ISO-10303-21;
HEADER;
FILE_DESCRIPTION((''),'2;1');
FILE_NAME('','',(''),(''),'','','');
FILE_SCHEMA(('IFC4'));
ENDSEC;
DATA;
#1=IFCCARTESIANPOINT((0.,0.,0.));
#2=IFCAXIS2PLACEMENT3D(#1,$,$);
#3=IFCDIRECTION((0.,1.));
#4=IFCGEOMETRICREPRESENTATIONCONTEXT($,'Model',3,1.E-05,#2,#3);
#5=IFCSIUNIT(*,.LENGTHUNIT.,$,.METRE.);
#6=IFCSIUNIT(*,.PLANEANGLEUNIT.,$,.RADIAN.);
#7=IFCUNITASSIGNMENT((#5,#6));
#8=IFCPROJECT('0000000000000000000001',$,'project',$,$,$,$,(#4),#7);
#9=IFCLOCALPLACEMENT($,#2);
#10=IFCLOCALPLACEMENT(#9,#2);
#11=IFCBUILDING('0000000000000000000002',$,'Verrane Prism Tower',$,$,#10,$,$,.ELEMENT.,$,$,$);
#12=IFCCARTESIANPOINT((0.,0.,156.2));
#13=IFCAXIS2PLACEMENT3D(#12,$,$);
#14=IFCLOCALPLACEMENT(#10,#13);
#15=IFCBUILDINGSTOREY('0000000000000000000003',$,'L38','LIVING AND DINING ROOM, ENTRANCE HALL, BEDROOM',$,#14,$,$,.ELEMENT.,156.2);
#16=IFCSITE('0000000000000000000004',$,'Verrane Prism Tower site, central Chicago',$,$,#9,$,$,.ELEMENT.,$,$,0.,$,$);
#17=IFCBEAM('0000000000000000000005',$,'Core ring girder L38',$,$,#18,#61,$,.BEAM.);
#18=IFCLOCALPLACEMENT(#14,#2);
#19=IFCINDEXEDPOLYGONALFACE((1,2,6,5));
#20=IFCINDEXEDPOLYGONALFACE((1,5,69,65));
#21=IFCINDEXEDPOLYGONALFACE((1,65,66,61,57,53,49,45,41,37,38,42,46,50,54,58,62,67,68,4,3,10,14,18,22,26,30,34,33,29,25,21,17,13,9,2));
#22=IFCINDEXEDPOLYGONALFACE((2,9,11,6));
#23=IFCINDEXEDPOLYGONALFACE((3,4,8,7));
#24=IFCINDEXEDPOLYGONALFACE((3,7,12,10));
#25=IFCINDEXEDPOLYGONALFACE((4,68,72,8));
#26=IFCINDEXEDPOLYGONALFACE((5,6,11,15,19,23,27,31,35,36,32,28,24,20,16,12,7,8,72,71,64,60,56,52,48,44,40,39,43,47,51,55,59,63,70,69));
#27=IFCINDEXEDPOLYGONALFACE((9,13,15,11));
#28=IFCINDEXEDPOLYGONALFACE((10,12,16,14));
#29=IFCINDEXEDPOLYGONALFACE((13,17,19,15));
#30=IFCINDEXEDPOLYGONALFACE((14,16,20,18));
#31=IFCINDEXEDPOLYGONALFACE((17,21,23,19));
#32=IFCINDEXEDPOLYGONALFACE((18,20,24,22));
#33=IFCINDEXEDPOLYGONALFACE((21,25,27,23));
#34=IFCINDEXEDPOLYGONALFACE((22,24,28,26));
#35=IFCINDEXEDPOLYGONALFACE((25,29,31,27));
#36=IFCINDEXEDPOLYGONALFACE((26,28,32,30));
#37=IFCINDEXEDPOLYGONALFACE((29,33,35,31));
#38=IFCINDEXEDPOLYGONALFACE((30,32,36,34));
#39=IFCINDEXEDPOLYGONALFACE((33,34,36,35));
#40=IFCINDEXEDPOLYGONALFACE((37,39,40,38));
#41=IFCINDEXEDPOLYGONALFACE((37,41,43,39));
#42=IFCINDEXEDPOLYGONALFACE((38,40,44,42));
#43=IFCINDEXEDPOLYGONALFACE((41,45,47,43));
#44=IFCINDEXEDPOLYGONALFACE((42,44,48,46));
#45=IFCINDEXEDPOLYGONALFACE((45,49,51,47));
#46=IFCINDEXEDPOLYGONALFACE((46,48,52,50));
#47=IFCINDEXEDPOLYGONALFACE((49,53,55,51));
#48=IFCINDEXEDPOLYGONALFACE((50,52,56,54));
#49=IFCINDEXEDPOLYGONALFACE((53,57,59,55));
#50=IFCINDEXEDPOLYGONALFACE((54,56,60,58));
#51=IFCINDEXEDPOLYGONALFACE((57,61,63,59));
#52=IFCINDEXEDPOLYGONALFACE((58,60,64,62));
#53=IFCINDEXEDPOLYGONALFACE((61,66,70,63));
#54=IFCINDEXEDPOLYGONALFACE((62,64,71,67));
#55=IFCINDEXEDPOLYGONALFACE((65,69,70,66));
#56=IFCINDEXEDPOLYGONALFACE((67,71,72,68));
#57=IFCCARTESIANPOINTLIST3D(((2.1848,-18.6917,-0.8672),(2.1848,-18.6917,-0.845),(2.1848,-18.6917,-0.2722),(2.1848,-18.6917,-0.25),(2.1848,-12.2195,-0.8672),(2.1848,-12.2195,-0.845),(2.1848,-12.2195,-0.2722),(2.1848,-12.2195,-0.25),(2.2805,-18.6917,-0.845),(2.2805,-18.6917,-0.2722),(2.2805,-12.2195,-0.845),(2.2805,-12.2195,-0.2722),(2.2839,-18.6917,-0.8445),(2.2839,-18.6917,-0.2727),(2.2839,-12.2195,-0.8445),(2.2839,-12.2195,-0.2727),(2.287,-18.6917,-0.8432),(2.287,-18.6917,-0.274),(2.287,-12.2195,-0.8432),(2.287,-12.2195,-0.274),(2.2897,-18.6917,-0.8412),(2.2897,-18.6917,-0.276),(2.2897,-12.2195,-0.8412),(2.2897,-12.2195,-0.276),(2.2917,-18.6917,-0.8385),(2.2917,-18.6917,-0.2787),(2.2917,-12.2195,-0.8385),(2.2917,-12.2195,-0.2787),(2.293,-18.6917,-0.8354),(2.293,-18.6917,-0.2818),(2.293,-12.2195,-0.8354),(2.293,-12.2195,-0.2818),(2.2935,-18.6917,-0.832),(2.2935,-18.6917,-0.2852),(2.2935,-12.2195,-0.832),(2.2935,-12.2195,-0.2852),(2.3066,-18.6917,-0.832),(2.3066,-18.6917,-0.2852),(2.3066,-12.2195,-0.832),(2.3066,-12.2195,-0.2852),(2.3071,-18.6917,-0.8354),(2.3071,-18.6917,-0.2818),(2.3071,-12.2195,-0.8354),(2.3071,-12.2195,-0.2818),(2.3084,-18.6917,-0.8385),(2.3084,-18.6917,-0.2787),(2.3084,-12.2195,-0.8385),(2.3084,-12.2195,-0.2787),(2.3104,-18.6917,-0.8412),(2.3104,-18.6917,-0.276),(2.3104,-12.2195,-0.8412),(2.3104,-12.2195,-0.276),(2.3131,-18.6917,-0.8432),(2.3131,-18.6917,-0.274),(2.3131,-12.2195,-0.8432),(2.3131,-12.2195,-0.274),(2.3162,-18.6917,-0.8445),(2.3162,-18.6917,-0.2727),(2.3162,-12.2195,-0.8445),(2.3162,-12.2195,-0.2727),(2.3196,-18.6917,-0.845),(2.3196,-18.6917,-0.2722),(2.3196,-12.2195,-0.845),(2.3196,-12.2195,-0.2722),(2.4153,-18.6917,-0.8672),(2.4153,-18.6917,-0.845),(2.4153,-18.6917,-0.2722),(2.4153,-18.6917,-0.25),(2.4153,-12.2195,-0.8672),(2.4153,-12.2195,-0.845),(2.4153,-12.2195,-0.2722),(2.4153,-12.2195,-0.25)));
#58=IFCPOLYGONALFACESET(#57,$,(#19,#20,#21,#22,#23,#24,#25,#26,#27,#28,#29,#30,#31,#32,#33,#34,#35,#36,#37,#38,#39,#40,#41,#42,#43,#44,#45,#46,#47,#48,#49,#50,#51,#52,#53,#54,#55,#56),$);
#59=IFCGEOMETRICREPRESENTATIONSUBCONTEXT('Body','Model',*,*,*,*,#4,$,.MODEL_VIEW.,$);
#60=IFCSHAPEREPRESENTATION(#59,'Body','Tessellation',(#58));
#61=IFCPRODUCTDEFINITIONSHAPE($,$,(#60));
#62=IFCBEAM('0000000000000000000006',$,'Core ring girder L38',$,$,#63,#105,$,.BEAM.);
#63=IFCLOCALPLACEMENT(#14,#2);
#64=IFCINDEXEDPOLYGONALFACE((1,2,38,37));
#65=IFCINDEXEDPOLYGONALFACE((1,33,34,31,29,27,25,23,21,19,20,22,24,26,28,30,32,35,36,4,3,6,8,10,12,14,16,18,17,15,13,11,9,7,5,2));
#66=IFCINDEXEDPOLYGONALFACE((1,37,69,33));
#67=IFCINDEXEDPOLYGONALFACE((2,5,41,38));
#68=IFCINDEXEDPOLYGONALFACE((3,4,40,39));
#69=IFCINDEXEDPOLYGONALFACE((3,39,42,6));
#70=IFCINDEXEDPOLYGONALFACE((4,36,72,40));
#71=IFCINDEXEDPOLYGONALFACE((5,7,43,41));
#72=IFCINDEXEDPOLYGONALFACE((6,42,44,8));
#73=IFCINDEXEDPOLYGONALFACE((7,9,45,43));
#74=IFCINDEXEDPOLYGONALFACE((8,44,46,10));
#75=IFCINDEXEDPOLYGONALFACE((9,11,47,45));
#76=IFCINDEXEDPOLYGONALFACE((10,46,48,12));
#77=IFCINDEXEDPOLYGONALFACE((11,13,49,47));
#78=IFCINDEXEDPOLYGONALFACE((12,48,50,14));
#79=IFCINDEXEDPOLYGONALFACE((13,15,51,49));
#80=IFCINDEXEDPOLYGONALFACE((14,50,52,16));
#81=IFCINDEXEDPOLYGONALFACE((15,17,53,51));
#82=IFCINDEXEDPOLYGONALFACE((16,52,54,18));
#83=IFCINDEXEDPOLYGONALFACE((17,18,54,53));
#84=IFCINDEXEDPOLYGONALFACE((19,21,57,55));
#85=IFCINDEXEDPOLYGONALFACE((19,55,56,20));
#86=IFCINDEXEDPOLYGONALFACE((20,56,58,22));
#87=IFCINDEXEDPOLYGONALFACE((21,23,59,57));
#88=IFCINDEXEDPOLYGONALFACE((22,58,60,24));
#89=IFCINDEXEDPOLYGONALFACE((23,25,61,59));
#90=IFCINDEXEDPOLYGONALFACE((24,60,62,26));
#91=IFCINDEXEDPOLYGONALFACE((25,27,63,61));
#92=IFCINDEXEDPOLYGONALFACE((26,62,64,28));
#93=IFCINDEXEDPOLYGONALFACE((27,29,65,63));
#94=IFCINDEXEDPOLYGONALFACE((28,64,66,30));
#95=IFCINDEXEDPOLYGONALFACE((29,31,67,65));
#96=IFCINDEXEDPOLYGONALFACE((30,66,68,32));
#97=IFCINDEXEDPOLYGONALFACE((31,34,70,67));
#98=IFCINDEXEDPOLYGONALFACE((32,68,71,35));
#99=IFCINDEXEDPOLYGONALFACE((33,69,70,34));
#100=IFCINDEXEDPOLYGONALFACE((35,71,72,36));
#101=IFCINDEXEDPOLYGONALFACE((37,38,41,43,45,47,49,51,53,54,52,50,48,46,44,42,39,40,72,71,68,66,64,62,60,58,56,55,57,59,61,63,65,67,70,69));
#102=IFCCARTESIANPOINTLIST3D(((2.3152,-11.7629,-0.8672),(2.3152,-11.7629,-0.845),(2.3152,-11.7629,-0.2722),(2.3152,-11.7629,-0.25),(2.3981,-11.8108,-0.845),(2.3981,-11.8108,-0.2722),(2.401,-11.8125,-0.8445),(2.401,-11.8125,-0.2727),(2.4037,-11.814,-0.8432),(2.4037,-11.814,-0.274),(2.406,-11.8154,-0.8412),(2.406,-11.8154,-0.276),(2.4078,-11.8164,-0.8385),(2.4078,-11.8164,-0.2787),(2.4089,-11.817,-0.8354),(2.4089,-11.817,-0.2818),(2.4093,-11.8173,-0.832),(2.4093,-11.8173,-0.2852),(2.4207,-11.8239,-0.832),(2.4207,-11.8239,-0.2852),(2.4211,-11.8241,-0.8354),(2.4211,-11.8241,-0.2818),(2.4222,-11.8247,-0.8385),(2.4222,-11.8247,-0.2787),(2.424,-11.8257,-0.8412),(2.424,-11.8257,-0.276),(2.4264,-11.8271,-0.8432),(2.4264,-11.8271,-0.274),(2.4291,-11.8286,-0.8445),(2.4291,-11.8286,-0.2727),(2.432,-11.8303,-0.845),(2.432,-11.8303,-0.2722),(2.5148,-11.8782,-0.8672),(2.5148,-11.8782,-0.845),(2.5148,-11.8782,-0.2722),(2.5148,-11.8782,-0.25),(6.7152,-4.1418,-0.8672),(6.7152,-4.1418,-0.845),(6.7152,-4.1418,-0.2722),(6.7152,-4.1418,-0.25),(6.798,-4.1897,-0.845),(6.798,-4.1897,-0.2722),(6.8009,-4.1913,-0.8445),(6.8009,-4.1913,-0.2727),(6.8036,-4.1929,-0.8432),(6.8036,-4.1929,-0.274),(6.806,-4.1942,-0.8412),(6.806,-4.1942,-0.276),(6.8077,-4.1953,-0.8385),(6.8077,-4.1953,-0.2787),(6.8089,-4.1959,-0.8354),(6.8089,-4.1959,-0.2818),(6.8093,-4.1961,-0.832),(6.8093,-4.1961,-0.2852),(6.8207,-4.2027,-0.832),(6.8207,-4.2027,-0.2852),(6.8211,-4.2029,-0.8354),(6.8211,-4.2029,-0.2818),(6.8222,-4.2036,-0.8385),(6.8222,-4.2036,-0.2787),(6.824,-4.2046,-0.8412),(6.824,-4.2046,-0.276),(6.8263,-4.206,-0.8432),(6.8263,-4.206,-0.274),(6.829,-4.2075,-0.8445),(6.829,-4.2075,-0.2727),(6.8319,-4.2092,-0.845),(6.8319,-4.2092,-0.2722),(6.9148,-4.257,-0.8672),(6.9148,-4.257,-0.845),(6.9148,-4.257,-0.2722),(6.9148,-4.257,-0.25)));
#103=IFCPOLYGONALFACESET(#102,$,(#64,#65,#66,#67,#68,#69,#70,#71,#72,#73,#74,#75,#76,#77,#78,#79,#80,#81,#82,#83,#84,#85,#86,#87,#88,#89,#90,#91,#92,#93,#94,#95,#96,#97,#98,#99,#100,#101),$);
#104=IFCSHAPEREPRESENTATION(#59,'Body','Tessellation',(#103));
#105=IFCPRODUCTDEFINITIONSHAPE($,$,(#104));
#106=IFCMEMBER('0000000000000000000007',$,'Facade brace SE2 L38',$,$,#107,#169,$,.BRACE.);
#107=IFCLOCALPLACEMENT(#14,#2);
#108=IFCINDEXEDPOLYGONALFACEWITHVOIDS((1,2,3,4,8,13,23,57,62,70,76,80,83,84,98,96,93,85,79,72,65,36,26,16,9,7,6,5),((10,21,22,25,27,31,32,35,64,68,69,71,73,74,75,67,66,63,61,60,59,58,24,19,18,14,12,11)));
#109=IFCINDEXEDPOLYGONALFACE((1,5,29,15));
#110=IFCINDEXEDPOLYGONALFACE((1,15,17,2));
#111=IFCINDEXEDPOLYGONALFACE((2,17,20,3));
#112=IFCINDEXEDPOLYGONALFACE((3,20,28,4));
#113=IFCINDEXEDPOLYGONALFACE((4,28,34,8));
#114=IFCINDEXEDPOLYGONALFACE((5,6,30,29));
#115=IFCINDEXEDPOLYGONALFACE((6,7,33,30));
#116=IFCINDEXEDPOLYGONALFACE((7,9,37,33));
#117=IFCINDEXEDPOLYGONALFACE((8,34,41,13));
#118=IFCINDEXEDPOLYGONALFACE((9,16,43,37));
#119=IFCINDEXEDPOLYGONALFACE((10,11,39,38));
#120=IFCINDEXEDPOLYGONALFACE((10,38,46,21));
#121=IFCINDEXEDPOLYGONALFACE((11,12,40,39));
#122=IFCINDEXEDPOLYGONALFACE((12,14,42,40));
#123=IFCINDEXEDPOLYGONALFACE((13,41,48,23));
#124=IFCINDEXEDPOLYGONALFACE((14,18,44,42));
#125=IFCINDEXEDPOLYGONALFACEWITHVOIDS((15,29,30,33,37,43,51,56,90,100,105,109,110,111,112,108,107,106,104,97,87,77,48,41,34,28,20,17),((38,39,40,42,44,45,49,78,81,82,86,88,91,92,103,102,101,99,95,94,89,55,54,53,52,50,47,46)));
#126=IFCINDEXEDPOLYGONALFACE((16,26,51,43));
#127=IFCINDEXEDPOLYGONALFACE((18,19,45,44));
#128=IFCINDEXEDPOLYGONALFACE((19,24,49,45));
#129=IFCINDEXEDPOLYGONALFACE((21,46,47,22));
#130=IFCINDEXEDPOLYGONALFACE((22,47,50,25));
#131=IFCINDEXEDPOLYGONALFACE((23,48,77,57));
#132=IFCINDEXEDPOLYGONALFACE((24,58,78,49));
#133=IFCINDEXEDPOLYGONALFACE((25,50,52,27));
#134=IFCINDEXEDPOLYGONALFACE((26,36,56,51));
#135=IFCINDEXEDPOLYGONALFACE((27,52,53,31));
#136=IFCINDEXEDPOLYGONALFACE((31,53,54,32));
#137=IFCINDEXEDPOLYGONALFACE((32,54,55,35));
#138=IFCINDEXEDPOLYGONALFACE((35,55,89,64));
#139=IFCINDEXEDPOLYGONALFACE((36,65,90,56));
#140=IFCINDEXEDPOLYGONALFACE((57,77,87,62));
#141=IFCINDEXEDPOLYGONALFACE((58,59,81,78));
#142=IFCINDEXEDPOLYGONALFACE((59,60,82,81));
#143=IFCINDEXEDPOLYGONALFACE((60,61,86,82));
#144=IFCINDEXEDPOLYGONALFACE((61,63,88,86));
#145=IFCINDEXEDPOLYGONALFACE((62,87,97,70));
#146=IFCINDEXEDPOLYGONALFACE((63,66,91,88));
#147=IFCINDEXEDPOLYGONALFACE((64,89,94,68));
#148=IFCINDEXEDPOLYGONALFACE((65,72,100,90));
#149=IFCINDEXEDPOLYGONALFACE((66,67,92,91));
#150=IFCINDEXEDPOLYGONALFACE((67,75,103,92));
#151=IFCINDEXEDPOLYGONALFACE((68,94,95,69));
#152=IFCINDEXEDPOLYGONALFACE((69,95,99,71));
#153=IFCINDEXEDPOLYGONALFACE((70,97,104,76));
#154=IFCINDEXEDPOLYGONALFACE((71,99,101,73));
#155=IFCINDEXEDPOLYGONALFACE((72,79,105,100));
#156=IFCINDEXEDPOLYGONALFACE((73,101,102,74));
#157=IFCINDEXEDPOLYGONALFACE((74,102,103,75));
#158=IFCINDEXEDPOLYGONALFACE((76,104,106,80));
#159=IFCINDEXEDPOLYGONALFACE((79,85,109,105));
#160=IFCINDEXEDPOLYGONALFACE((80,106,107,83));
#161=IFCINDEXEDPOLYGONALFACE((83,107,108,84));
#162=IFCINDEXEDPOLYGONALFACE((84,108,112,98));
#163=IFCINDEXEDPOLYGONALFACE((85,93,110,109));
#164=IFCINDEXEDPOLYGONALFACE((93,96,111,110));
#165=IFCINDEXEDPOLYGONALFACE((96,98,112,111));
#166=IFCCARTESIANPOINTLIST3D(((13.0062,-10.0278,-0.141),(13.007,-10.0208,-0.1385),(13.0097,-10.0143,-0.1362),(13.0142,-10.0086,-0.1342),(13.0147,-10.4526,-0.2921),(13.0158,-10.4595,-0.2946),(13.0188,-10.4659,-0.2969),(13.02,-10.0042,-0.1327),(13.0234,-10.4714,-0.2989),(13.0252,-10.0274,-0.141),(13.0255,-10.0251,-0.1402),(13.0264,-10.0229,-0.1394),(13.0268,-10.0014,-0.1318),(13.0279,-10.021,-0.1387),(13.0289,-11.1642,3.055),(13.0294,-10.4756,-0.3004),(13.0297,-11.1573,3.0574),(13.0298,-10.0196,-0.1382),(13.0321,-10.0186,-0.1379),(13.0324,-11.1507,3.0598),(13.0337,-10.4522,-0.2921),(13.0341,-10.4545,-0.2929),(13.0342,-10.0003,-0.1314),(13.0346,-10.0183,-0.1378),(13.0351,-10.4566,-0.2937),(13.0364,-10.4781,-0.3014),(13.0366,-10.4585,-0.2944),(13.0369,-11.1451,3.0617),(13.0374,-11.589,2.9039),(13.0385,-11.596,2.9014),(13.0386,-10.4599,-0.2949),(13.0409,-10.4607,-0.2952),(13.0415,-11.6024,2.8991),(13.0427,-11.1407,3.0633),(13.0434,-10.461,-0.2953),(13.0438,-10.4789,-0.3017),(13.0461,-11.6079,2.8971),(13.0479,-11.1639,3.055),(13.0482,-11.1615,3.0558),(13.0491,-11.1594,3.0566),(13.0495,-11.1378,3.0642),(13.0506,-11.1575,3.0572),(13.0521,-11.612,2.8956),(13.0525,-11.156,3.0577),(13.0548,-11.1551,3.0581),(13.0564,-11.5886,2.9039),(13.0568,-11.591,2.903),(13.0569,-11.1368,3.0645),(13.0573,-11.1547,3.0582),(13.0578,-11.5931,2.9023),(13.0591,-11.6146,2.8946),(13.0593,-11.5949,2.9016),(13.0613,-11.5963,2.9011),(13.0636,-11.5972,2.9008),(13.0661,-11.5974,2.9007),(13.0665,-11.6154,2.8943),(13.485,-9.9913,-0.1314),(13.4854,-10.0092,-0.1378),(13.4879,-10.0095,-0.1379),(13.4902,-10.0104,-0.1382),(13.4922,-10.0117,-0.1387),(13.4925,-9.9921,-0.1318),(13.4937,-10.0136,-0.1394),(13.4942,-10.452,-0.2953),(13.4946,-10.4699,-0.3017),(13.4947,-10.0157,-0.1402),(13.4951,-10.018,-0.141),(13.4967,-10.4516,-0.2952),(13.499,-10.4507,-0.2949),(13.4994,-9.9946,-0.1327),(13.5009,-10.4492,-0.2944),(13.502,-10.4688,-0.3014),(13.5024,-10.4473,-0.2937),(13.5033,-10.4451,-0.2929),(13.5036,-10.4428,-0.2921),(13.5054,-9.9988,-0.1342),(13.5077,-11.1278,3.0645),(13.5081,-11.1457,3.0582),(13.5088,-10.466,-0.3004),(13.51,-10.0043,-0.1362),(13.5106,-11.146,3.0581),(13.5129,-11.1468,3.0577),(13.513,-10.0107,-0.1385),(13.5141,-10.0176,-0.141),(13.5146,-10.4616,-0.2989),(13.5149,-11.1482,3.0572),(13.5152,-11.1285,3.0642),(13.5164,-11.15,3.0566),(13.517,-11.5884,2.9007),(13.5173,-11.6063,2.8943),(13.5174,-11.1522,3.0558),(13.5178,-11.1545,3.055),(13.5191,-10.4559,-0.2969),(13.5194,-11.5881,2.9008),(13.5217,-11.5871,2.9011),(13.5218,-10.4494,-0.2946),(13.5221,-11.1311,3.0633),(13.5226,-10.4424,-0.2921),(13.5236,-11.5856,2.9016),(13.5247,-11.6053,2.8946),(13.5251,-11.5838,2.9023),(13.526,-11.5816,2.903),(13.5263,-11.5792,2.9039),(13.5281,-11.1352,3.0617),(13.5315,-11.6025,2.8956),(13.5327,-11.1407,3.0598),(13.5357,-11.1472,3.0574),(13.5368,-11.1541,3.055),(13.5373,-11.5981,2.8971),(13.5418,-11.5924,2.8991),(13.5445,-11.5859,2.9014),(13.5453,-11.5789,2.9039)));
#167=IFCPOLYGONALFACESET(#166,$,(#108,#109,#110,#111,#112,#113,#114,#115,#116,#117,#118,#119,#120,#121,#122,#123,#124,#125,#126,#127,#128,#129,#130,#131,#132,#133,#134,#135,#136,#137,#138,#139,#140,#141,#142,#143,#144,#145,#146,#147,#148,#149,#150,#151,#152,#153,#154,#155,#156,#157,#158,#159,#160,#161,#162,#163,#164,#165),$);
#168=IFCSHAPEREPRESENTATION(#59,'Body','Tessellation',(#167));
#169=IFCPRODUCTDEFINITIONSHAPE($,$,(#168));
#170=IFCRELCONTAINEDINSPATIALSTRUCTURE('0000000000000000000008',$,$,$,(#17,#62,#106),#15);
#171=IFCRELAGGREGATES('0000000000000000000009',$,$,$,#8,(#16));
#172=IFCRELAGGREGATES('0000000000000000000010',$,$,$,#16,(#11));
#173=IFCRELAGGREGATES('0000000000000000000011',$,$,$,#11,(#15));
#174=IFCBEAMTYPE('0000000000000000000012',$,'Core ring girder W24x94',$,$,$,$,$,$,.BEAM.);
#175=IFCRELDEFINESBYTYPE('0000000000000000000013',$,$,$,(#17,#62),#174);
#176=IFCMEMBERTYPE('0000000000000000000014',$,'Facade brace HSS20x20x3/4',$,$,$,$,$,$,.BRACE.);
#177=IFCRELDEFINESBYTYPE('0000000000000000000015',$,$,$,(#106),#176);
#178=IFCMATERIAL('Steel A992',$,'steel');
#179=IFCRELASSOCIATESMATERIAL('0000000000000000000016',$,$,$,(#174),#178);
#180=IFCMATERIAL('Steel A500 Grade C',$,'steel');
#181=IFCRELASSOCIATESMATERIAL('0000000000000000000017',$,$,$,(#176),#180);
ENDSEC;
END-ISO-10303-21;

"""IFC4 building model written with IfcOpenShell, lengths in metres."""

from ifc_helpers import new_model, si_unit, direction, frame, origin, origin_2d, place, context, subcontext, project, spatial, hollow_rectangle, i_section, extrude, material, material_profile, profile_set, type_object, element, save


model = new_model("IFC4")

# Units and contexts
model_context = context("Model", 3, precision=1e-05, world=origin(), true_north=direction((0.0, 1.0)))
body_context = subcontext(model_context, "Body", "Model", "MODEL_VIEW")
ifc_project = project(units=[si_unit("LENGTHUNIT", "METRE"), si_unit("PLANEANGLEUNIT", "RADIAN")], contexts=[model_context])

# Site, building, storey
site_placement = place(None, origin())
site = spatial("IfcSite", under=ifc_project, at=site_placement, Name="Verrane Prism Tower site, central Chicago", CompositionType="ELEMENT", RefElevation=0.0)
building_placement = place(site_placement, origin())
building = spatial("IfcBuilding", under=site, at=building_placement, Name="Verrane Prism Tower", CompositionType="ELEMENT")
storey_placement = place(building_placement, frame((0.0, 0.0, 156.2)))
storey = spatial("IfcBuildingStorey", under=building, at=storey_placement, Name="L38", Description="LIVING AND DINING ROOM, ENTRANCE HALL, BEDROOM", CompositionType="ELEMENT", Elevation=156.2)

# Beams
ifc_material_1 = material(Name="Steel A992", Category="steel")
ifc_material_profile_1 = material_profile(ifc_material_1, i_section(OverallWidth=0.2305, OverallDepth=0.6172, WebThickness=0.0132, FlangeThickness=0.0222, FilletRadius=0.0129, at=origin_2d()), Name="W24x94")
ifc_profile_set_1 = profile_set([ifc_material_profile_1], Name="Steel A992")
beam_type_1 = type_object("IfcBeamType", Name="Core ring girder W24x94", PredefinedType="BEAM", material=ifc_profile_set_1)
beam_1_placement = place(storey_placement, frame((2.3, -18.6917, -0.5586), z_axis=(0.0, 1.0, 0.0), x_axis=(-1.0, 0.0, 0.0)))
element("IfcBeam", 1, at=beam_1_placement, inside=storey, type_object=beam_type_1, Name="Core ring girder L38", PredefinedType="BEAM", context=body_context, shape_type="SweptSolid", body=[
    extrude(i_section(OverallWidth=0.2305, OverallDepth=0.6172, WebThickness=0.0132, FlangeThickness=0.0222, FilletRadius=0.0129, at=origin_2d()), origin(), (0.0, 0.0, 1.0), 6.4722),
])
beam_2_placement = place(storey_placement, frame((2.415, -11.8206, -0.5586), z_axis=(0.499988, 0.866032, 0.0), x_axis=(-0.866032, 0.499988, 0.0)))
element("IfcBeam", 2, at=beam_2_placement, inside=storey, type_object=beam_type_1, Name="Core ring girder L38", PredefinedType="BEAM", context=body_context, shape_type="SweptSolid", body=[
    extrude(i_section(OverallWidth=0.2305, OverallDepth=0.6172, WebThickness=0.0132, FlangeThickness=0.0222, FilletRadius=0.0129, at=origin_2d()), origin(), (0.0, 0.0, 1.0), 8.8),
])

# Member
ifc_material_2 = material(Name="Steel A500 Grade C", Category="steel")
ifc_material_profile_2 = material_profile(ifc_material_2, hollow_rectangle(XDim=0.5081, YDim=0.5081, WallThickness=0.019, InnerFilletRadius=0.0095, OuterFilletRadius=0.0286, at=origin_2d()), Name="HSS20x20x3/4")
ifc_profile_set_2 = profile_set([ifc_material_profile_2], Name="Steel A500 Grade C")
member_type_1 = type_object("IfcMemberType", Name="Facade brace HSS20x20x3/4", PredefinedType="BRACE", material=ifc_profile_set_2)
member_1_placement = place(storey_placement, frame((13.2644, -10.2351, -0.2166), z_axis=(0.006693, -0.335029, 0.942184), x_axis=(0.9998, 0.019975, 0.0)))
element("IfcMember", 3, at=member_1_placement, inside=storey, type_object=member_type_1, Name="Facade brace SE2 L38", PredefinedType="BRACE", context=body_context, shape_type="SweptSolid", body=[
    extrude(hollow_rectangle(XDim=0.5081, YDim=0.5081, WallThickness=0.019, InnerFilletRadius=0.0095, OuterFilletRadius=0.0286, at=origin_2d()), origin(), (0.0, 0.0, 1.0), 3.3921),
])

save(model, "model.ifc")
